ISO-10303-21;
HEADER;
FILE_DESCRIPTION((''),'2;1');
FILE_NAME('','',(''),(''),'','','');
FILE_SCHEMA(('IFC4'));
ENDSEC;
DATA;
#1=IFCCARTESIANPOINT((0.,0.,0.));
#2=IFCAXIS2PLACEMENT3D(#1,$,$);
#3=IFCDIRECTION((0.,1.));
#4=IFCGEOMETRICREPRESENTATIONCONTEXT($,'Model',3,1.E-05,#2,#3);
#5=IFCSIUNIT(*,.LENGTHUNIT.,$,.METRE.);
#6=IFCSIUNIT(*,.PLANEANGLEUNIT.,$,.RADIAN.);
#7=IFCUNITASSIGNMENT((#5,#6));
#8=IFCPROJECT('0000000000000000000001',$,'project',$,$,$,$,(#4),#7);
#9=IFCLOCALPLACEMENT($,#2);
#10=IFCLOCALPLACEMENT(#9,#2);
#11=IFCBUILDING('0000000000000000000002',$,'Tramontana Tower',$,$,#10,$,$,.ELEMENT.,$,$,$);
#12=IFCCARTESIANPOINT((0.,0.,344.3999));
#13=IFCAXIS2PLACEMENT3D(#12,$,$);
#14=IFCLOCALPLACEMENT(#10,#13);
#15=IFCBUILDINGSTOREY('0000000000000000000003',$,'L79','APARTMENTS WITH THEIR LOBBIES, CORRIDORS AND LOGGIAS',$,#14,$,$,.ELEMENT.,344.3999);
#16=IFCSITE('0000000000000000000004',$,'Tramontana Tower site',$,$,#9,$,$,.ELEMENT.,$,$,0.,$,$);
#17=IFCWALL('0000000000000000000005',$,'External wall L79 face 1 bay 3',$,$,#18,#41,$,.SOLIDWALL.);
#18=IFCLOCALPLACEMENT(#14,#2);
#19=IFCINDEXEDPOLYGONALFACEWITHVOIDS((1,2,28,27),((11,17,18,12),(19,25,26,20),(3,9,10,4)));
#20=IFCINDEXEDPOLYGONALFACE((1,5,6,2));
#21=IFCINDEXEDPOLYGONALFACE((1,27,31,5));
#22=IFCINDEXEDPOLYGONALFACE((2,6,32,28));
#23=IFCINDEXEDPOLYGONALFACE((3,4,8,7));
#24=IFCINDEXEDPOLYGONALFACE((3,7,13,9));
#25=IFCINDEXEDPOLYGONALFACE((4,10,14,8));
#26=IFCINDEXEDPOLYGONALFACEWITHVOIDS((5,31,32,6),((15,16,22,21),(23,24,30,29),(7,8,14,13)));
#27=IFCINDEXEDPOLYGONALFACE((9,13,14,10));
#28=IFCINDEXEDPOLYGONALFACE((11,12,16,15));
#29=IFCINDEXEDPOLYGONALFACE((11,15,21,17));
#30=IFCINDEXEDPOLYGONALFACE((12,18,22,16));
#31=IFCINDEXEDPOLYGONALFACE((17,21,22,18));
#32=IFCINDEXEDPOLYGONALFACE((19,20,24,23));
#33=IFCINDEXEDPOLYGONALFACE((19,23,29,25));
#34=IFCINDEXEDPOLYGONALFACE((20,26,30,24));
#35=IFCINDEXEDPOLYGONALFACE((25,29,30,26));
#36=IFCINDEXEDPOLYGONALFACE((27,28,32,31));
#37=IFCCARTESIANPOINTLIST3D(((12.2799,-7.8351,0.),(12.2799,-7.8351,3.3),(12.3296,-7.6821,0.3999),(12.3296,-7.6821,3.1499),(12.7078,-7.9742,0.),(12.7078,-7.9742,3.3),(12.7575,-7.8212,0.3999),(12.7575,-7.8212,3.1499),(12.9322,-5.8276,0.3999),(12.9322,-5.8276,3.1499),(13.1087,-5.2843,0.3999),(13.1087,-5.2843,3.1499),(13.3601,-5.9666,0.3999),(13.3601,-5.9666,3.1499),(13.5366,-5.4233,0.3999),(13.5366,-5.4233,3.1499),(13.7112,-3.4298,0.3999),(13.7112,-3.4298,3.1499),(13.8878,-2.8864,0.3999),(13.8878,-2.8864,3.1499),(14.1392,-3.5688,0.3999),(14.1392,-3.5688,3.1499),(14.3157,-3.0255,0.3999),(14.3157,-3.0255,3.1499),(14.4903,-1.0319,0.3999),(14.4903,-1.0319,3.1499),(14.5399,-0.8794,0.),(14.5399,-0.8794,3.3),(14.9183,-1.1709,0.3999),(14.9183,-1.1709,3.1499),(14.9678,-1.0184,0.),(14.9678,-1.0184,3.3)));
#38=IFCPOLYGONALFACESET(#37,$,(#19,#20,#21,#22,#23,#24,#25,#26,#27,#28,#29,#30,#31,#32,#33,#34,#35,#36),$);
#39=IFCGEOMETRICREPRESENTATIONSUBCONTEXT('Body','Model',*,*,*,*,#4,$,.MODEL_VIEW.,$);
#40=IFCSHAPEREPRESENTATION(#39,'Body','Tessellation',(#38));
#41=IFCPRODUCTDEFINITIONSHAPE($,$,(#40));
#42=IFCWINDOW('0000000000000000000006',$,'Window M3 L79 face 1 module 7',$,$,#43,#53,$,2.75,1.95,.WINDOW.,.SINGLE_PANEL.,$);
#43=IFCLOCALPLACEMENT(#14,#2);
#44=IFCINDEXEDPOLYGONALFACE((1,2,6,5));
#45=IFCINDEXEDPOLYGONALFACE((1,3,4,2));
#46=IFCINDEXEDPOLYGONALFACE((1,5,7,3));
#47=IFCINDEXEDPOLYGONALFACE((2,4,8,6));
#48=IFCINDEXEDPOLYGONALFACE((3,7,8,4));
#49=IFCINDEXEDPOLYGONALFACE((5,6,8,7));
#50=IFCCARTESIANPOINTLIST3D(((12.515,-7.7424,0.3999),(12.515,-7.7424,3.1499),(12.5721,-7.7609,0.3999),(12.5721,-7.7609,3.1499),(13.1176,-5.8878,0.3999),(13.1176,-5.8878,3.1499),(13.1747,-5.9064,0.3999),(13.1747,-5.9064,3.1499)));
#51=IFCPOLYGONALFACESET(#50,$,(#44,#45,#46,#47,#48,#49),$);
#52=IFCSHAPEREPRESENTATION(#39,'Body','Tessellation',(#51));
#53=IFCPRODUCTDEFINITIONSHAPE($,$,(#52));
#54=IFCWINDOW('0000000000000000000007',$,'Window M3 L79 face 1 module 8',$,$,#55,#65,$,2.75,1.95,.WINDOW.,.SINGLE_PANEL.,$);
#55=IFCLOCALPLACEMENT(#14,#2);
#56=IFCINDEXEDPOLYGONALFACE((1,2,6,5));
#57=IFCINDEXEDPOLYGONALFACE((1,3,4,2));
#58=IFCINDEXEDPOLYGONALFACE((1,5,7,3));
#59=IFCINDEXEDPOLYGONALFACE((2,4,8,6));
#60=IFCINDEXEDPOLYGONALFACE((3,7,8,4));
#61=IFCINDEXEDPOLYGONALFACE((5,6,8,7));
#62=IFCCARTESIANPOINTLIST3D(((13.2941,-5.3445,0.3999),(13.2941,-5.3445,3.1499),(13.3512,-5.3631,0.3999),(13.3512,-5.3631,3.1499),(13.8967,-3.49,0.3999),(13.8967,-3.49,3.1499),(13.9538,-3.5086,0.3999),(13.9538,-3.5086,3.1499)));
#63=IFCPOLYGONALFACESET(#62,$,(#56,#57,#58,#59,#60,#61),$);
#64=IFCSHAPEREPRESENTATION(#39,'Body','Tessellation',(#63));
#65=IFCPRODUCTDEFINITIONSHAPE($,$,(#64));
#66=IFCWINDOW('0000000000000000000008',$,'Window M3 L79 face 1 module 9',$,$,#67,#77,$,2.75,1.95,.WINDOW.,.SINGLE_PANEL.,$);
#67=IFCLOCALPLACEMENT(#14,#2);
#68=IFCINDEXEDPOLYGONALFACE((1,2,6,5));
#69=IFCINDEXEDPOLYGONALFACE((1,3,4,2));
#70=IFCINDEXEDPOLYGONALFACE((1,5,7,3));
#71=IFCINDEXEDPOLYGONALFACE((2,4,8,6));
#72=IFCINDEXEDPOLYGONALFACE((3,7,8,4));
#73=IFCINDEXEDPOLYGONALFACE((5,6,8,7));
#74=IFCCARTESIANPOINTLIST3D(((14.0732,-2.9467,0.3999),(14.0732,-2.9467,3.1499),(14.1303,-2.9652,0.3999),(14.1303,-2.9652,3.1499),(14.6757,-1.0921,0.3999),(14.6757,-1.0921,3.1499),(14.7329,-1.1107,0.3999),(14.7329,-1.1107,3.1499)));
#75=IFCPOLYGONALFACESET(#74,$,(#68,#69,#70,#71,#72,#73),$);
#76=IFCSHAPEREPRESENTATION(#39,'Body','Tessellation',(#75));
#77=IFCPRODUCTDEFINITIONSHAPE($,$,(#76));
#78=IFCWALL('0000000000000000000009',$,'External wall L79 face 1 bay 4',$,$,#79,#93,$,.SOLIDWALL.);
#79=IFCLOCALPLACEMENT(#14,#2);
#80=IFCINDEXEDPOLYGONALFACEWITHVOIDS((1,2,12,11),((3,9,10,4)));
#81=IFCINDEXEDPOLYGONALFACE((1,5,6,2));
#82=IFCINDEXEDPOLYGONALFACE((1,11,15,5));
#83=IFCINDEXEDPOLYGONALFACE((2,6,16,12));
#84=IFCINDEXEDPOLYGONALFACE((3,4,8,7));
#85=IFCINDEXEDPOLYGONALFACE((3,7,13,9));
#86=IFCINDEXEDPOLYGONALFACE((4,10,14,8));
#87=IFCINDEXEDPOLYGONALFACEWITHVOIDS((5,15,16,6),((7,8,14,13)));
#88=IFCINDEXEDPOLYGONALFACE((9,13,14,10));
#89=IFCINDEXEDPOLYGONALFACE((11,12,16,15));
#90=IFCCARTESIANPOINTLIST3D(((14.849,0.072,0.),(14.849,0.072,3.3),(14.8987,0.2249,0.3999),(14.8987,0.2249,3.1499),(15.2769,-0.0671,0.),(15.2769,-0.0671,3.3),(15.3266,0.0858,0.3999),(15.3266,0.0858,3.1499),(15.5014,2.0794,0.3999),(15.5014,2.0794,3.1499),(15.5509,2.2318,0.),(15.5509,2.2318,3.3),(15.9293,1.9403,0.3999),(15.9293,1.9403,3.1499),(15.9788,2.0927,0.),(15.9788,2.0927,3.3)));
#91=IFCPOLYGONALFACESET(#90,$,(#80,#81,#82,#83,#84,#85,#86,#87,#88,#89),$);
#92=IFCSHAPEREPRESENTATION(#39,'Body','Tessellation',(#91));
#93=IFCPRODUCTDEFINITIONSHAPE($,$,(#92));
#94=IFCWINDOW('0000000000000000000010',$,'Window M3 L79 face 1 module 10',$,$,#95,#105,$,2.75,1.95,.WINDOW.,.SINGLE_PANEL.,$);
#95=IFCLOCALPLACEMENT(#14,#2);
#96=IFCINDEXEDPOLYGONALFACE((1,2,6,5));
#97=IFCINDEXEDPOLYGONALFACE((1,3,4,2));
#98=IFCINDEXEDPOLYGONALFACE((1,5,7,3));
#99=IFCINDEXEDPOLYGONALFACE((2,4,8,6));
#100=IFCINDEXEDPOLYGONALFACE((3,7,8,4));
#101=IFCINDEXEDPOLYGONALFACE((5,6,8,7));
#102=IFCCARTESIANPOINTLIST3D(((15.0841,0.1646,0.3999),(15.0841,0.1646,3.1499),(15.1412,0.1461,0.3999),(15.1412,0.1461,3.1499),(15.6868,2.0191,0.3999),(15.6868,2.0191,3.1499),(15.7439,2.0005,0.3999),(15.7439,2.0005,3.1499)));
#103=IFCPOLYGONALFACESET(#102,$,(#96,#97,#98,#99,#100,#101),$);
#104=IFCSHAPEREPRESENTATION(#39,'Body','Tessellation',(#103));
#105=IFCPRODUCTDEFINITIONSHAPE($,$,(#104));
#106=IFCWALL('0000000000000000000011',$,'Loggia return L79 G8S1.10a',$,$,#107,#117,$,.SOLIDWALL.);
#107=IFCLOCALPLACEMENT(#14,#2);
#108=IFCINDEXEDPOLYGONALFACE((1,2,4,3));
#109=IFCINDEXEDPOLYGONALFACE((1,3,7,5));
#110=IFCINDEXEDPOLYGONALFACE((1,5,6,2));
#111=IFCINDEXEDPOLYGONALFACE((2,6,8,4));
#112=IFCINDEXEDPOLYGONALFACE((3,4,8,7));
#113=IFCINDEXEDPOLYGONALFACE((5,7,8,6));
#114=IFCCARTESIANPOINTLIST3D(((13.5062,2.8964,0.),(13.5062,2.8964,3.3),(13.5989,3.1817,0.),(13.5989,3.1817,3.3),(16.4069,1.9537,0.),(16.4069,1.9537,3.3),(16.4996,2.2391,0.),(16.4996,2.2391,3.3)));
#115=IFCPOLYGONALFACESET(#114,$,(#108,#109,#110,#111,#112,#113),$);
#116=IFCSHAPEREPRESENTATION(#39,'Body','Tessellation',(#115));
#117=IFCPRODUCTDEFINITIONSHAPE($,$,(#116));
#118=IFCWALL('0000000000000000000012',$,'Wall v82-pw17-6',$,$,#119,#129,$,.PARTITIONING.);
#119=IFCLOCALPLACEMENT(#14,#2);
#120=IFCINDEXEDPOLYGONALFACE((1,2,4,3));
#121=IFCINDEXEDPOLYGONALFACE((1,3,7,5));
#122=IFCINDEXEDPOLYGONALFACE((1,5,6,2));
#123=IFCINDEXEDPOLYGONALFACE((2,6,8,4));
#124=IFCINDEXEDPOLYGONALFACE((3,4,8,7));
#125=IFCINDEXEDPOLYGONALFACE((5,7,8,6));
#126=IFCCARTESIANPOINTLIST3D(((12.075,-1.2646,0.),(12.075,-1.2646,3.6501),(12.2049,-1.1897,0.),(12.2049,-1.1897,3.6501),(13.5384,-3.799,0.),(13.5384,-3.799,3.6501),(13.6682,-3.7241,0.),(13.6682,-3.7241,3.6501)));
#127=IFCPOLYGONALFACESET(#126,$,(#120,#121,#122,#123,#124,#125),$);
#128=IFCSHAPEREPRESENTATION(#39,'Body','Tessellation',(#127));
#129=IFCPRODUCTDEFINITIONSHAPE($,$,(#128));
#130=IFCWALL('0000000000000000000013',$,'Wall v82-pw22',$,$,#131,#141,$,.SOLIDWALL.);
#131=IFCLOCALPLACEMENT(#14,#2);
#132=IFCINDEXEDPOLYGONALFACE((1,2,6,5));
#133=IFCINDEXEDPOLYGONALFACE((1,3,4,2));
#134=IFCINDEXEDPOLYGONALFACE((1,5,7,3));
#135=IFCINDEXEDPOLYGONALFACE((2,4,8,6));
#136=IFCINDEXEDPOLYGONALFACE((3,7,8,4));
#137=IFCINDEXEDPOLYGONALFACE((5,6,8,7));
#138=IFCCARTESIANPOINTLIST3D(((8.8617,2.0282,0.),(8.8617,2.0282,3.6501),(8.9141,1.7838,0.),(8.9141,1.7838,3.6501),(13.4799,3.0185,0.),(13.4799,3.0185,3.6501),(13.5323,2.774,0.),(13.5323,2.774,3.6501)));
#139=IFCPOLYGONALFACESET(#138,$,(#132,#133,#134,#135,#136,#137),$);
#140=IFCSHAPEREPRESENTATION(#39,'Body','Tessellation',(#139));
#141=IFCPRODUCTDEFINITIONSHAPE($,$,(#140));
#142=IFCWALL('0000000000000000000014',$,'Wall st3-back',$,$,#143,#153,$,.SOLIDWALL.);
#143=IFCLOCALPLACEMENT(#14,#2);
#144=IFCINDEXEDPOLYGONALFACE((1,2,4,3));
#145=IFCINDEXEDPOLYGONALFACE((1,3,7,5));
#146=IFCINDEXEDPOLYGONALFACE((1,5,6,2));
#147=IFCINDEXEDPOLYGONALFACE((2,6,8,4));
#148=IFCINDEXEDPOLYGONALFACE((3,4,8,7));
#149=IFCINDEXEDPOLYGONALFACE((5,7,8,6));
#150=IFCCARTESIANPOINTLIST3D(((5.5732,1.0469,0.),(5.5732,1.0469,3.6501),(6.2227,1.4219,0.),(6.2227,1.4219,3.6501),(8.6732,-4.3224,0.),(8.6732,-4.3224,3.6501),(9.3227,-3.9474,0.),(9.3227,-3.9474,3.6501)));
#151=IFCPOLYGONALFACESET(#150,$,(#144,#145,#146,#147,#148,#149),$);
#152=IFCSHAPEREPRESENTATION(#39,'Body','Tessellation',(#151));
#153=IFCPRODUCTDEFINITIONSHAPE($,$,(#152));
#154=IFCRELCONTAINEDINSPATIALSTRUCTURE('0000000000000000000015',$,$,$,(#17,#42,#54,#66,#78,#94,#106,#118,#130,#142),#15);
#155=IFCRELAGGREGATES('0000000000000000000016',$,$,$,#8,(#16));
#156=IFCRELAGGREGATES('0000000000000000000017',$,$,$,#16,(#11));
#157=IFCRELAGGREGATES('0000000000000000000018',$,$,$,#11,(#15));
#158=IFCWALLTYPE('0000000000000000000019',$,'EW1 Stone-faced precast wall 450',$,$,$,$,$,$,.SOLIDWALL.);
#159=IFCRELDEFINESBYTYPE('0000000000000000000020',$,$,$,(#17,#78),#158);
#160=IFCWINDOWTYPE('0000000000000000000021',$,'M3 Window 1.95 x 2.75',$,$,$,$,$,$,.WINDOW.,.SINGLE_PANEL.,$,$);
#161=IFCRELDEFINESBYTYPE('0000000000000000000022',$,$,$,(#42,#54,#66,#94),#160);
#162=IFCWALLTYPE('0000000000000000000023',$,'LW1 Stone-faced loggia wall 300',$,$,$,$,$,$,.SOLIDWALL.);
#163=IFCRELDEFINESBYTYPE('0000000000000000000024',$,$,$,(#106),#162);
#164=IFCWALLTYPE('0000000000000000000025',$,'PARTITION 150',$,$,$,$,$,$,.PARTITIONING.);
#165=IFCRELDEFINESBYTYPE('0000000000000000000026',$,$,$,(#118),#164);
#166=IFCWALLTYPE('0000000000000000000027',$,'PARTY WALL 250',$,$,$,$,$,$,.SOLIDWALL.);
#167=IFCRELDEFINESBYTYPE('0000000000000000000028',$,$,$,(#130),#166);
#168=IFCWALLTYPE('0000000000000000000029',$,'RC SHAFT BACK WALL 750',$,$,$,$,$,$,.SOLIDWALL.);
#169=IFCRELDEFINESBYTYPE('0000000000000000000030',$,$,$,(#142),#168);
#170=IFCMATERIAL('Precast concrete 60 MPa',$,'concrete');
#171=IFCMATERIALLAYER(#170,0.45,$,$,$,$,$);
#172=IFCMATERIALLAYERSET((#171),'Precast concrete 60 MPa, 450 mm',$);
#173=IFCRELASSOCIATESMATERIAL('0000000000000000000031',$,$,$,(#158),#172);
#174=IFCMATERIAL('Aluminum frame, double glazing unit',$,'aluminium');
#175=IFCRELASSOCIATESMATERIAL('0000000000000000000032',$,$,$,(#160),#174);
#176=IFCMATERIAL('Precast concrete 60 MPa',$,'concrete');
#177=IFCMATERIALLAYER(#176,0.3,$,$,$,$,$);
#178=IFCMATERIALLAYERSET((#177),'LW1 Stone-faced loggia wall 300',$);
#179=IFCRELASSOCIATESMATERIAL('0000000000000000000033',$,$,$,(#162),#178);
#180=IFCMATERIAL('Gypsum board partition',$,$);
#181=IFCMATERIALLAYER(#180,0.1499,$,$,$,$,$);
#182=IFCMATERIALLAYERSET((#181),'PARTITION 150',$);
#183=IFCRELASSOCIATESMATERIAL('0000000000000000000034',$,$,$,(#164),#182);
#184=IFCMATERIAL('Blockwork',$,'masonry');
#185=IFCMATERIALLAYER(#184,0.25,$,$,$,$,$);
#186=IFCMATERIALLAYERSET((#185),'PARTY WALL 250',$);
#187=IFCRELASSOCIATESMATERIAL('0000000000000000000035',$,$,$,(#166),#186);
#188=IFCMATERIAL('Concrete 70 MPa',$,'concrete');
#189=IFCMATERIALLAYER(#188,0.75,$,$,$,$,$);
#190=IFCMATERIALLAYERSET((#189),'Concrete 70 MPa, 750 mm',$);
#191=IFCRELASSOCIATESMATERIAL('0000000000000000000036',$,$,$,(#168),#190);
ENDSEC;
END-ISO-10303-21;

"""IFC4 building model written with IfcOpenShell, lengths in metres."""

from ifc_helpers import new_model, si_unit, direction, frame, frame_2d, origin, place, context, subcontext, project, spatial, rectangle, extrude, material, layer, layer_set, type_object, element, fill, save


model = new_model("IFC4")

# Units and contexts
model_context = context("Model", 3, precision=1e-05, world=origin(), true_north=direction((0.0, 1.0)))
body_context = subcontext(model_context, "Body", "Model", "MODEL_VIEW")
ifc_project = project(units=[si_unit("LENGTHUNIT", "METRE"), si_unit("PLANEANGLEUNIT", "RADIAN")], contexts=[model_context])

# Site, building, storey
site_placement = place(None, origin())
site = spatial("IfcSite", under=ifc_project, at=site_placement, Name="Tramontana Tower site", CompositionType="ELEMENT", RefElevation=0.0)
building_placement = place(site_placement, origin())
building = spatial("IfcBuilding", under=site, at=building_placement, Name="Tramontana Tower", CompositionType="ELEMENT")
storey_placement = place(building_placement, frame((0.0, 0.0, 344.3999)))
storey = spatial("IfcBuildingStorey", under=building, at=storey_placement, Name="L79", Description="APARTMENTS WITH THEIR LOBBIES, CORRIDORS AND LOGGIAS", CompositionType="ELEMENT", Elevation=344.3999)

# Wall, openings, windows
ifc_material_1 = material(Name="Precast concrete 60 MPa", Category="concrete")
ifc_layer_1 = layer(ifc_material_1, 0.45)
ifc_layer_set_1 = layer_set([ifc_layer_1], Name="Precast concrete 60 MPa, 450 mm")
wall_type_1 = type_object("IfcWallType", Name="EW1 Stone-faced precast wall 450", PredefinedType="SOLIDWALL", material=ifc_layer_set_1)
wall_1_placement = place(storey_placement, frame((12.4939, -7.9045, 0.0), z_axis=(0.0, 0.0, 1.0), x_axis=(0.309008, 0.951059, 0.0)))
wall_1 = element("IfcWall", 1, at=wall_1_placement, inside=storey, type_object=wall_type_1, Name="External wall L79 face 1 bay 3", PredefinedType="SOLIDWALL", context=body_context, shape_type="SweptSolid", body=[
    extrude(rectangle(XDim=7.3137, YDim=0.45, at=frame_2d((3.6567, 0.0))), origin(), (0.0, 0.0, 1.0), 3.3),
])
opening_1_placement = place(wall_1_placement, frame((0.1606, 0.0, 0.3999)))
opening_1 = element("IfcOpeningElement", 2, at=opening_1_placement, cuts=wall_1, PredefinedType="OPENING", context=body_context, shape_type="SweptSolid", body=[
    extrude(rectangle(XDim=1.95, YDim=2.75, at=frame_2d((0.9751, 1.375))), frame((0.0, 0.2349, 0.0), z_axis=(0.0, -1.0, 0.0), x_axis=(1.0, 0.0, 0.0)), (0.0, 0.0, 1.0), 0.47),
])
opening_2_placement = place(wall_1_placement, frame((2.6819, 0.0, 0.3999)))
opening_2 = element("IfcOpeningElement", 3, at=opening_2_placement, cuts=wall_1, PredefinedType="OPENING", context=body_context, shape_type="SweptSolid", body=[
    extrude(rectangle(XDim=1.95, YDim=2.75, at=frame_2d((0.9751, 1.375))), frame((0.0, 0.2349, 0.0), z_axis=(0.0, -1.0, 0.0), x_axis=(1.0, 0.0, 0.0)), (0.0, 0.0, 1.0), 0.47),
])
opening_3_placement = place(wall_1_placement, frame((5.2031, 0.0, 0.3999)))
opening_3 = element("IfcOpeningElement", 4, at=opening_3_placement, cuts=wall_1, PredefinedType="OPENING", context=body_context, shape_type="SweptSolid", body=[
    extrude(rectangle(XDim=1.95, YDim=2.75, at=frame_2d((0.9751, 1.375))), frame((0.0, 0.2349, 0.0), z_axis=(0.0, -1.0, 0.0), x_axis=(1.0, 0.0, 0.0)), (0.0, 0.0, 1.0), 0.47),
])
ifc_material_2 = material(Name="Aluminum frame, double glazing unit", Category="aluminium")
window_type = type_object("IfcWindowType", Name="M3 Window 1.95 x 2.75", PartitioningType="SINGLE_PANEL", PredefinedType="WINDOW", material=ifc_material_2)
window_1_placement = place(opening_1_placement, origin())
window_1 = element("IfcWindow", 5, at=window_1_placement, inside=storey, type_object=window_type, Name="Window M3 L79 face 1 module 7", OverallHeight=2.75, OverallWidth=1.95, PartitioningType="SINGLE_PANEL", PredefinedType="WINDOW", context=body_context, shape_type="SweptSolid", body=[
    extrude(rectangle(XDim=1.95, YDim=2.75, at=frame_2d((0.9751, 1.375))), frame((0.0, 0.03, 0.0), z_axis=(0.0, -1.0, 0.0), x_axis=(1.0, 0.0, 0.0)), (0.0, 0.0, 1.0), 0.0601),
])
fill(opening_1, window_1)
window_2_placement = place(opening_2_placement, origin())
window_2 = element("IfcWindow", 6, at=window_2_placement, inside=storey, type_object=window_type, Name="Window M3 L79 face 1 module 8", OverallHeight=2.75, OverallWidth=1.95, PartitioningType="SINGLE_PANEL", PredefinedType="WINDOW", context=body_context, shape_type="SweptSolid", body=[
    extrude(rectangle(XDim=1.95, YDim=2.75, at=frame_2d((0.9751, 1.375))), frame((0.0, 0.03, 0.0), z_axis=(0.0, -1.0, 0.0), x_axis=(1.0, 0.0, 0.0)), (0.0, 0.0, 1.0), 0.0601),
])
fill(opening_2, window_2)
window_3_placement = place(opening_3_placement, origin())
window_3 = element("IfcWindow", 7, at=window_3_placement, inside=storey, type_object=window_type, Name="Window M3 L79 face 1 module 9", OverallHeight=2.75, OverallWidth=1.95, PartitioningType="SINGLE_PANEL", PredefinedType="WINDOW", context=body_context, shape_type="SweptSolid", body=[
    extrude(rectangle(XDim=1.95, YDim=2.75, at=frame_2d((0.9751, 1.375))), frame((0.0, 0.03, 0.0), z_axis=(0.0, -1.0, 0.0), x_axis=(1.0, 0.0, 0.0)), (0.0, 0.0, 1.0), 0.0601),
])
fill(opening_3, window_3)

# Wall, opening, window
wall_2_placement = place(storey_placement, frame((15.063, 0.0024, 0.0), z_axis=(0.0, 0.0, 1.0), x_axis=(0.309059, 0.951043, 0.0)))
wall_2 = element("IfcWall", 8, at=wall_2_placement, inside=storey, type_object=wall_type_1, Name="External wall L79 face 1 bay 4", PredefinedType="SOLIDWALL", context=body_context, shape_type="SweptSolid", body=[
    extrude(rectangle(XDim=2.271, YDim=0.45, at=frame_2d((1.1355, 0.0))), origin(), (0.0, 0.0, 1.0), 3.3),
])
opening_4_placement = place(wall_2_placement, frame((0.1606, 0.0, 0.3999)))
opening_4 = element("IfcOpeningElement", 9, at=opening_4_placement, cuts=wall_2, PredefinedType="OPENING", context=body_context, shape_type="SweptSolid", body=[
    extrude(rectangle(XDim=1.95, YDim=2.75, at=frame_2d((0.9751, 1.375))), frame((0.0, 0.2349, 0.0), z_axis=(0.0, -1.0, 0.0), x_axis=(1.0, 0.0, 0.0)), (0.0, 0.0, 1.0), 0.47),
])
window_4_placement = place(opening_4_placement, origin())
window_4 = element("IfcWindow", 10, at=window_4_placement, inside=storey, type_object=window_type, Name="Window M3 L79 face 1 module 10", OverallHeight=2.75, OverallWidth=1.95, PartitioningType="SINGLE_PANEL", PredefinedType="WINDOW", context=body_context, shape_type="SweptSolid", body=[
    extrude(rectangle(XDim=1.95, YDim=2.75, at=frame_2d((0.9751, 1.375))), frame((0.0, 0.03, 0.0), z_axis=(0.0, -1.0, 0.0), x_axis=(1.0, 0.0, 0.0)), (0.0, 0.0, 1.0), 0.0601),
])
fill(opening_4, window_4)

# Wall
ifc_material_3 = material(Name="Precast concrete 60 MPa", Category="concrete")
ifc_layer_2 = layer(ifc_material_3, 0.3)
ifc_layer_set_2 = layer_set([ifc_layer_2], Name="LW1 Stone-faced loggia wall 300")
wall_type_2 = type_object("IfcWallType", Name="LW1 Stone-faced loggia wall 300", PredefinedType="SOLIDWALL", material=ifc_layer_set_2)
wall_3_placement = place(storey_placement, frame((16.4531, 2.0964, 0.0), z_axis=(0.0, 0.0, 1.0), x_axis=(-0.951042, 0.309063, 0.0)))
element("IfcWall", 11, at=wall_3_placement, inside=storey, type_object=wall_type_2, Name="Loggia return L79 G8S1.10a", PredefinedType="SOLIDWALL", context=body_context, shape_type="SweptSolid", body=[
    extrude(rectangle(XDim=3.05, YDim=0.3, at=frame_2d((1.5249, 0.0))), origin(), (0.0, 0.0, 1.0), 3.3),
])

# Shared definitions
ifc_material_4 = material(Name="Gypsum board partition")
ifc_layer_3 = layer(ifc_material_4, 0.1499)
ifc_layer_set_3 = layer_set([ifc_layer_3], Name="PARTITION 150")
wall_type_3 = type_object("IfcWallType", Name="PARTITION 150", PredefinedType="PARTITIONING", material=ifc_layer_set_3)

# Walls
wall_4_placement = place(storey_placement, frame((12.1399, -1.2271, 0.0), z_axis=(0.0, 0.0, 1.0), x_axis=(0.500033, -0.866006, 0.0)))
element("IfcWall", 12, at=wall_4_placement, inside=storey, type_object=wall_type_3, Name="Wall v82-pw17-6", PredefinedType="PARTITIONING", context=body_context, shape_type="SweptSolid", body=[
    extrude(rectangle(XDim=2.9265, YDim=0.1499, at=frame_2d((1.4634, 0.0))), origin(), (0.0, 0.0, 1.0), 3.6501),
])
ifc_material_5 = material(Name="Blockwork", Category="masonry")
ifc_layer_4 = layer(ifc_material_5, 0.25)
ifc_layer_set_4 = layer_set([ifc_layer_4], Name="PARTY WALL 250")
wall_type_4 = type_object("IfcWallType", Name="PARTY WALL 250", PredefinedType="SOLIDWALL", material=ifc_layer_set_4)
wall_5_placement = place(storey_placement, frame((8.8879, 1.906, 0.0), z_axis=(0.0, 0.0, 1.0), x_axis=(0.977775, 0.209656, 0.0)))
element("IfcWall", 13, at=wall_5_placement, inside=storey, type_object=wall_type_4, Name="Wall v82-pw22", PredefinedType="SOLIDWALL", context=body_context, shape_type="SweptSolid", body=[
    extrude(rectangle(XDim=4.7231, YDim=0.25, at=frame_2d((2.3616, 0.0))), origin(), (0.0, 0.0, 1.0), 3.6501),
])
ifc_material_6 = material(Name="Concrete 70 MPa", Category="concrete")
ifc_layer_5 = layer(ifc_material_6, 0.75)
ifc_layer_set_5 = layer_set([ifc_layer_5], Name="Concrete 70 MPa, 750 mm")
wall_type_5 = type_object("IfcWallType", Name="RC SHAFT BACK WALL 750", PredefinedType="SOLIDWALL", material=ifc_layer_set_5)
wall_6_placement = place(storey_placement, frame((8.998, -4.135, 0.0), z_axis=(0.0, 0.0, 1.0), x_axis=(-0.50001, 0.86602, 0.0)))
element("IfcWall", 14, at=wall_6_placement, inside=storey, type_object=wall_type_5, Name="Wall st3-back", PredefinedType="SOLIDWALL", context=body_context, shape_type="SweptSolid", body=[
    extrude(rectangle(XDim=6.2, YDim=0.75, at=frame_2d((3.1001, 0.0))), origin(), (0.0, 0.0, 1.0), 3.6501),
])

save(model, "model.ifc")
